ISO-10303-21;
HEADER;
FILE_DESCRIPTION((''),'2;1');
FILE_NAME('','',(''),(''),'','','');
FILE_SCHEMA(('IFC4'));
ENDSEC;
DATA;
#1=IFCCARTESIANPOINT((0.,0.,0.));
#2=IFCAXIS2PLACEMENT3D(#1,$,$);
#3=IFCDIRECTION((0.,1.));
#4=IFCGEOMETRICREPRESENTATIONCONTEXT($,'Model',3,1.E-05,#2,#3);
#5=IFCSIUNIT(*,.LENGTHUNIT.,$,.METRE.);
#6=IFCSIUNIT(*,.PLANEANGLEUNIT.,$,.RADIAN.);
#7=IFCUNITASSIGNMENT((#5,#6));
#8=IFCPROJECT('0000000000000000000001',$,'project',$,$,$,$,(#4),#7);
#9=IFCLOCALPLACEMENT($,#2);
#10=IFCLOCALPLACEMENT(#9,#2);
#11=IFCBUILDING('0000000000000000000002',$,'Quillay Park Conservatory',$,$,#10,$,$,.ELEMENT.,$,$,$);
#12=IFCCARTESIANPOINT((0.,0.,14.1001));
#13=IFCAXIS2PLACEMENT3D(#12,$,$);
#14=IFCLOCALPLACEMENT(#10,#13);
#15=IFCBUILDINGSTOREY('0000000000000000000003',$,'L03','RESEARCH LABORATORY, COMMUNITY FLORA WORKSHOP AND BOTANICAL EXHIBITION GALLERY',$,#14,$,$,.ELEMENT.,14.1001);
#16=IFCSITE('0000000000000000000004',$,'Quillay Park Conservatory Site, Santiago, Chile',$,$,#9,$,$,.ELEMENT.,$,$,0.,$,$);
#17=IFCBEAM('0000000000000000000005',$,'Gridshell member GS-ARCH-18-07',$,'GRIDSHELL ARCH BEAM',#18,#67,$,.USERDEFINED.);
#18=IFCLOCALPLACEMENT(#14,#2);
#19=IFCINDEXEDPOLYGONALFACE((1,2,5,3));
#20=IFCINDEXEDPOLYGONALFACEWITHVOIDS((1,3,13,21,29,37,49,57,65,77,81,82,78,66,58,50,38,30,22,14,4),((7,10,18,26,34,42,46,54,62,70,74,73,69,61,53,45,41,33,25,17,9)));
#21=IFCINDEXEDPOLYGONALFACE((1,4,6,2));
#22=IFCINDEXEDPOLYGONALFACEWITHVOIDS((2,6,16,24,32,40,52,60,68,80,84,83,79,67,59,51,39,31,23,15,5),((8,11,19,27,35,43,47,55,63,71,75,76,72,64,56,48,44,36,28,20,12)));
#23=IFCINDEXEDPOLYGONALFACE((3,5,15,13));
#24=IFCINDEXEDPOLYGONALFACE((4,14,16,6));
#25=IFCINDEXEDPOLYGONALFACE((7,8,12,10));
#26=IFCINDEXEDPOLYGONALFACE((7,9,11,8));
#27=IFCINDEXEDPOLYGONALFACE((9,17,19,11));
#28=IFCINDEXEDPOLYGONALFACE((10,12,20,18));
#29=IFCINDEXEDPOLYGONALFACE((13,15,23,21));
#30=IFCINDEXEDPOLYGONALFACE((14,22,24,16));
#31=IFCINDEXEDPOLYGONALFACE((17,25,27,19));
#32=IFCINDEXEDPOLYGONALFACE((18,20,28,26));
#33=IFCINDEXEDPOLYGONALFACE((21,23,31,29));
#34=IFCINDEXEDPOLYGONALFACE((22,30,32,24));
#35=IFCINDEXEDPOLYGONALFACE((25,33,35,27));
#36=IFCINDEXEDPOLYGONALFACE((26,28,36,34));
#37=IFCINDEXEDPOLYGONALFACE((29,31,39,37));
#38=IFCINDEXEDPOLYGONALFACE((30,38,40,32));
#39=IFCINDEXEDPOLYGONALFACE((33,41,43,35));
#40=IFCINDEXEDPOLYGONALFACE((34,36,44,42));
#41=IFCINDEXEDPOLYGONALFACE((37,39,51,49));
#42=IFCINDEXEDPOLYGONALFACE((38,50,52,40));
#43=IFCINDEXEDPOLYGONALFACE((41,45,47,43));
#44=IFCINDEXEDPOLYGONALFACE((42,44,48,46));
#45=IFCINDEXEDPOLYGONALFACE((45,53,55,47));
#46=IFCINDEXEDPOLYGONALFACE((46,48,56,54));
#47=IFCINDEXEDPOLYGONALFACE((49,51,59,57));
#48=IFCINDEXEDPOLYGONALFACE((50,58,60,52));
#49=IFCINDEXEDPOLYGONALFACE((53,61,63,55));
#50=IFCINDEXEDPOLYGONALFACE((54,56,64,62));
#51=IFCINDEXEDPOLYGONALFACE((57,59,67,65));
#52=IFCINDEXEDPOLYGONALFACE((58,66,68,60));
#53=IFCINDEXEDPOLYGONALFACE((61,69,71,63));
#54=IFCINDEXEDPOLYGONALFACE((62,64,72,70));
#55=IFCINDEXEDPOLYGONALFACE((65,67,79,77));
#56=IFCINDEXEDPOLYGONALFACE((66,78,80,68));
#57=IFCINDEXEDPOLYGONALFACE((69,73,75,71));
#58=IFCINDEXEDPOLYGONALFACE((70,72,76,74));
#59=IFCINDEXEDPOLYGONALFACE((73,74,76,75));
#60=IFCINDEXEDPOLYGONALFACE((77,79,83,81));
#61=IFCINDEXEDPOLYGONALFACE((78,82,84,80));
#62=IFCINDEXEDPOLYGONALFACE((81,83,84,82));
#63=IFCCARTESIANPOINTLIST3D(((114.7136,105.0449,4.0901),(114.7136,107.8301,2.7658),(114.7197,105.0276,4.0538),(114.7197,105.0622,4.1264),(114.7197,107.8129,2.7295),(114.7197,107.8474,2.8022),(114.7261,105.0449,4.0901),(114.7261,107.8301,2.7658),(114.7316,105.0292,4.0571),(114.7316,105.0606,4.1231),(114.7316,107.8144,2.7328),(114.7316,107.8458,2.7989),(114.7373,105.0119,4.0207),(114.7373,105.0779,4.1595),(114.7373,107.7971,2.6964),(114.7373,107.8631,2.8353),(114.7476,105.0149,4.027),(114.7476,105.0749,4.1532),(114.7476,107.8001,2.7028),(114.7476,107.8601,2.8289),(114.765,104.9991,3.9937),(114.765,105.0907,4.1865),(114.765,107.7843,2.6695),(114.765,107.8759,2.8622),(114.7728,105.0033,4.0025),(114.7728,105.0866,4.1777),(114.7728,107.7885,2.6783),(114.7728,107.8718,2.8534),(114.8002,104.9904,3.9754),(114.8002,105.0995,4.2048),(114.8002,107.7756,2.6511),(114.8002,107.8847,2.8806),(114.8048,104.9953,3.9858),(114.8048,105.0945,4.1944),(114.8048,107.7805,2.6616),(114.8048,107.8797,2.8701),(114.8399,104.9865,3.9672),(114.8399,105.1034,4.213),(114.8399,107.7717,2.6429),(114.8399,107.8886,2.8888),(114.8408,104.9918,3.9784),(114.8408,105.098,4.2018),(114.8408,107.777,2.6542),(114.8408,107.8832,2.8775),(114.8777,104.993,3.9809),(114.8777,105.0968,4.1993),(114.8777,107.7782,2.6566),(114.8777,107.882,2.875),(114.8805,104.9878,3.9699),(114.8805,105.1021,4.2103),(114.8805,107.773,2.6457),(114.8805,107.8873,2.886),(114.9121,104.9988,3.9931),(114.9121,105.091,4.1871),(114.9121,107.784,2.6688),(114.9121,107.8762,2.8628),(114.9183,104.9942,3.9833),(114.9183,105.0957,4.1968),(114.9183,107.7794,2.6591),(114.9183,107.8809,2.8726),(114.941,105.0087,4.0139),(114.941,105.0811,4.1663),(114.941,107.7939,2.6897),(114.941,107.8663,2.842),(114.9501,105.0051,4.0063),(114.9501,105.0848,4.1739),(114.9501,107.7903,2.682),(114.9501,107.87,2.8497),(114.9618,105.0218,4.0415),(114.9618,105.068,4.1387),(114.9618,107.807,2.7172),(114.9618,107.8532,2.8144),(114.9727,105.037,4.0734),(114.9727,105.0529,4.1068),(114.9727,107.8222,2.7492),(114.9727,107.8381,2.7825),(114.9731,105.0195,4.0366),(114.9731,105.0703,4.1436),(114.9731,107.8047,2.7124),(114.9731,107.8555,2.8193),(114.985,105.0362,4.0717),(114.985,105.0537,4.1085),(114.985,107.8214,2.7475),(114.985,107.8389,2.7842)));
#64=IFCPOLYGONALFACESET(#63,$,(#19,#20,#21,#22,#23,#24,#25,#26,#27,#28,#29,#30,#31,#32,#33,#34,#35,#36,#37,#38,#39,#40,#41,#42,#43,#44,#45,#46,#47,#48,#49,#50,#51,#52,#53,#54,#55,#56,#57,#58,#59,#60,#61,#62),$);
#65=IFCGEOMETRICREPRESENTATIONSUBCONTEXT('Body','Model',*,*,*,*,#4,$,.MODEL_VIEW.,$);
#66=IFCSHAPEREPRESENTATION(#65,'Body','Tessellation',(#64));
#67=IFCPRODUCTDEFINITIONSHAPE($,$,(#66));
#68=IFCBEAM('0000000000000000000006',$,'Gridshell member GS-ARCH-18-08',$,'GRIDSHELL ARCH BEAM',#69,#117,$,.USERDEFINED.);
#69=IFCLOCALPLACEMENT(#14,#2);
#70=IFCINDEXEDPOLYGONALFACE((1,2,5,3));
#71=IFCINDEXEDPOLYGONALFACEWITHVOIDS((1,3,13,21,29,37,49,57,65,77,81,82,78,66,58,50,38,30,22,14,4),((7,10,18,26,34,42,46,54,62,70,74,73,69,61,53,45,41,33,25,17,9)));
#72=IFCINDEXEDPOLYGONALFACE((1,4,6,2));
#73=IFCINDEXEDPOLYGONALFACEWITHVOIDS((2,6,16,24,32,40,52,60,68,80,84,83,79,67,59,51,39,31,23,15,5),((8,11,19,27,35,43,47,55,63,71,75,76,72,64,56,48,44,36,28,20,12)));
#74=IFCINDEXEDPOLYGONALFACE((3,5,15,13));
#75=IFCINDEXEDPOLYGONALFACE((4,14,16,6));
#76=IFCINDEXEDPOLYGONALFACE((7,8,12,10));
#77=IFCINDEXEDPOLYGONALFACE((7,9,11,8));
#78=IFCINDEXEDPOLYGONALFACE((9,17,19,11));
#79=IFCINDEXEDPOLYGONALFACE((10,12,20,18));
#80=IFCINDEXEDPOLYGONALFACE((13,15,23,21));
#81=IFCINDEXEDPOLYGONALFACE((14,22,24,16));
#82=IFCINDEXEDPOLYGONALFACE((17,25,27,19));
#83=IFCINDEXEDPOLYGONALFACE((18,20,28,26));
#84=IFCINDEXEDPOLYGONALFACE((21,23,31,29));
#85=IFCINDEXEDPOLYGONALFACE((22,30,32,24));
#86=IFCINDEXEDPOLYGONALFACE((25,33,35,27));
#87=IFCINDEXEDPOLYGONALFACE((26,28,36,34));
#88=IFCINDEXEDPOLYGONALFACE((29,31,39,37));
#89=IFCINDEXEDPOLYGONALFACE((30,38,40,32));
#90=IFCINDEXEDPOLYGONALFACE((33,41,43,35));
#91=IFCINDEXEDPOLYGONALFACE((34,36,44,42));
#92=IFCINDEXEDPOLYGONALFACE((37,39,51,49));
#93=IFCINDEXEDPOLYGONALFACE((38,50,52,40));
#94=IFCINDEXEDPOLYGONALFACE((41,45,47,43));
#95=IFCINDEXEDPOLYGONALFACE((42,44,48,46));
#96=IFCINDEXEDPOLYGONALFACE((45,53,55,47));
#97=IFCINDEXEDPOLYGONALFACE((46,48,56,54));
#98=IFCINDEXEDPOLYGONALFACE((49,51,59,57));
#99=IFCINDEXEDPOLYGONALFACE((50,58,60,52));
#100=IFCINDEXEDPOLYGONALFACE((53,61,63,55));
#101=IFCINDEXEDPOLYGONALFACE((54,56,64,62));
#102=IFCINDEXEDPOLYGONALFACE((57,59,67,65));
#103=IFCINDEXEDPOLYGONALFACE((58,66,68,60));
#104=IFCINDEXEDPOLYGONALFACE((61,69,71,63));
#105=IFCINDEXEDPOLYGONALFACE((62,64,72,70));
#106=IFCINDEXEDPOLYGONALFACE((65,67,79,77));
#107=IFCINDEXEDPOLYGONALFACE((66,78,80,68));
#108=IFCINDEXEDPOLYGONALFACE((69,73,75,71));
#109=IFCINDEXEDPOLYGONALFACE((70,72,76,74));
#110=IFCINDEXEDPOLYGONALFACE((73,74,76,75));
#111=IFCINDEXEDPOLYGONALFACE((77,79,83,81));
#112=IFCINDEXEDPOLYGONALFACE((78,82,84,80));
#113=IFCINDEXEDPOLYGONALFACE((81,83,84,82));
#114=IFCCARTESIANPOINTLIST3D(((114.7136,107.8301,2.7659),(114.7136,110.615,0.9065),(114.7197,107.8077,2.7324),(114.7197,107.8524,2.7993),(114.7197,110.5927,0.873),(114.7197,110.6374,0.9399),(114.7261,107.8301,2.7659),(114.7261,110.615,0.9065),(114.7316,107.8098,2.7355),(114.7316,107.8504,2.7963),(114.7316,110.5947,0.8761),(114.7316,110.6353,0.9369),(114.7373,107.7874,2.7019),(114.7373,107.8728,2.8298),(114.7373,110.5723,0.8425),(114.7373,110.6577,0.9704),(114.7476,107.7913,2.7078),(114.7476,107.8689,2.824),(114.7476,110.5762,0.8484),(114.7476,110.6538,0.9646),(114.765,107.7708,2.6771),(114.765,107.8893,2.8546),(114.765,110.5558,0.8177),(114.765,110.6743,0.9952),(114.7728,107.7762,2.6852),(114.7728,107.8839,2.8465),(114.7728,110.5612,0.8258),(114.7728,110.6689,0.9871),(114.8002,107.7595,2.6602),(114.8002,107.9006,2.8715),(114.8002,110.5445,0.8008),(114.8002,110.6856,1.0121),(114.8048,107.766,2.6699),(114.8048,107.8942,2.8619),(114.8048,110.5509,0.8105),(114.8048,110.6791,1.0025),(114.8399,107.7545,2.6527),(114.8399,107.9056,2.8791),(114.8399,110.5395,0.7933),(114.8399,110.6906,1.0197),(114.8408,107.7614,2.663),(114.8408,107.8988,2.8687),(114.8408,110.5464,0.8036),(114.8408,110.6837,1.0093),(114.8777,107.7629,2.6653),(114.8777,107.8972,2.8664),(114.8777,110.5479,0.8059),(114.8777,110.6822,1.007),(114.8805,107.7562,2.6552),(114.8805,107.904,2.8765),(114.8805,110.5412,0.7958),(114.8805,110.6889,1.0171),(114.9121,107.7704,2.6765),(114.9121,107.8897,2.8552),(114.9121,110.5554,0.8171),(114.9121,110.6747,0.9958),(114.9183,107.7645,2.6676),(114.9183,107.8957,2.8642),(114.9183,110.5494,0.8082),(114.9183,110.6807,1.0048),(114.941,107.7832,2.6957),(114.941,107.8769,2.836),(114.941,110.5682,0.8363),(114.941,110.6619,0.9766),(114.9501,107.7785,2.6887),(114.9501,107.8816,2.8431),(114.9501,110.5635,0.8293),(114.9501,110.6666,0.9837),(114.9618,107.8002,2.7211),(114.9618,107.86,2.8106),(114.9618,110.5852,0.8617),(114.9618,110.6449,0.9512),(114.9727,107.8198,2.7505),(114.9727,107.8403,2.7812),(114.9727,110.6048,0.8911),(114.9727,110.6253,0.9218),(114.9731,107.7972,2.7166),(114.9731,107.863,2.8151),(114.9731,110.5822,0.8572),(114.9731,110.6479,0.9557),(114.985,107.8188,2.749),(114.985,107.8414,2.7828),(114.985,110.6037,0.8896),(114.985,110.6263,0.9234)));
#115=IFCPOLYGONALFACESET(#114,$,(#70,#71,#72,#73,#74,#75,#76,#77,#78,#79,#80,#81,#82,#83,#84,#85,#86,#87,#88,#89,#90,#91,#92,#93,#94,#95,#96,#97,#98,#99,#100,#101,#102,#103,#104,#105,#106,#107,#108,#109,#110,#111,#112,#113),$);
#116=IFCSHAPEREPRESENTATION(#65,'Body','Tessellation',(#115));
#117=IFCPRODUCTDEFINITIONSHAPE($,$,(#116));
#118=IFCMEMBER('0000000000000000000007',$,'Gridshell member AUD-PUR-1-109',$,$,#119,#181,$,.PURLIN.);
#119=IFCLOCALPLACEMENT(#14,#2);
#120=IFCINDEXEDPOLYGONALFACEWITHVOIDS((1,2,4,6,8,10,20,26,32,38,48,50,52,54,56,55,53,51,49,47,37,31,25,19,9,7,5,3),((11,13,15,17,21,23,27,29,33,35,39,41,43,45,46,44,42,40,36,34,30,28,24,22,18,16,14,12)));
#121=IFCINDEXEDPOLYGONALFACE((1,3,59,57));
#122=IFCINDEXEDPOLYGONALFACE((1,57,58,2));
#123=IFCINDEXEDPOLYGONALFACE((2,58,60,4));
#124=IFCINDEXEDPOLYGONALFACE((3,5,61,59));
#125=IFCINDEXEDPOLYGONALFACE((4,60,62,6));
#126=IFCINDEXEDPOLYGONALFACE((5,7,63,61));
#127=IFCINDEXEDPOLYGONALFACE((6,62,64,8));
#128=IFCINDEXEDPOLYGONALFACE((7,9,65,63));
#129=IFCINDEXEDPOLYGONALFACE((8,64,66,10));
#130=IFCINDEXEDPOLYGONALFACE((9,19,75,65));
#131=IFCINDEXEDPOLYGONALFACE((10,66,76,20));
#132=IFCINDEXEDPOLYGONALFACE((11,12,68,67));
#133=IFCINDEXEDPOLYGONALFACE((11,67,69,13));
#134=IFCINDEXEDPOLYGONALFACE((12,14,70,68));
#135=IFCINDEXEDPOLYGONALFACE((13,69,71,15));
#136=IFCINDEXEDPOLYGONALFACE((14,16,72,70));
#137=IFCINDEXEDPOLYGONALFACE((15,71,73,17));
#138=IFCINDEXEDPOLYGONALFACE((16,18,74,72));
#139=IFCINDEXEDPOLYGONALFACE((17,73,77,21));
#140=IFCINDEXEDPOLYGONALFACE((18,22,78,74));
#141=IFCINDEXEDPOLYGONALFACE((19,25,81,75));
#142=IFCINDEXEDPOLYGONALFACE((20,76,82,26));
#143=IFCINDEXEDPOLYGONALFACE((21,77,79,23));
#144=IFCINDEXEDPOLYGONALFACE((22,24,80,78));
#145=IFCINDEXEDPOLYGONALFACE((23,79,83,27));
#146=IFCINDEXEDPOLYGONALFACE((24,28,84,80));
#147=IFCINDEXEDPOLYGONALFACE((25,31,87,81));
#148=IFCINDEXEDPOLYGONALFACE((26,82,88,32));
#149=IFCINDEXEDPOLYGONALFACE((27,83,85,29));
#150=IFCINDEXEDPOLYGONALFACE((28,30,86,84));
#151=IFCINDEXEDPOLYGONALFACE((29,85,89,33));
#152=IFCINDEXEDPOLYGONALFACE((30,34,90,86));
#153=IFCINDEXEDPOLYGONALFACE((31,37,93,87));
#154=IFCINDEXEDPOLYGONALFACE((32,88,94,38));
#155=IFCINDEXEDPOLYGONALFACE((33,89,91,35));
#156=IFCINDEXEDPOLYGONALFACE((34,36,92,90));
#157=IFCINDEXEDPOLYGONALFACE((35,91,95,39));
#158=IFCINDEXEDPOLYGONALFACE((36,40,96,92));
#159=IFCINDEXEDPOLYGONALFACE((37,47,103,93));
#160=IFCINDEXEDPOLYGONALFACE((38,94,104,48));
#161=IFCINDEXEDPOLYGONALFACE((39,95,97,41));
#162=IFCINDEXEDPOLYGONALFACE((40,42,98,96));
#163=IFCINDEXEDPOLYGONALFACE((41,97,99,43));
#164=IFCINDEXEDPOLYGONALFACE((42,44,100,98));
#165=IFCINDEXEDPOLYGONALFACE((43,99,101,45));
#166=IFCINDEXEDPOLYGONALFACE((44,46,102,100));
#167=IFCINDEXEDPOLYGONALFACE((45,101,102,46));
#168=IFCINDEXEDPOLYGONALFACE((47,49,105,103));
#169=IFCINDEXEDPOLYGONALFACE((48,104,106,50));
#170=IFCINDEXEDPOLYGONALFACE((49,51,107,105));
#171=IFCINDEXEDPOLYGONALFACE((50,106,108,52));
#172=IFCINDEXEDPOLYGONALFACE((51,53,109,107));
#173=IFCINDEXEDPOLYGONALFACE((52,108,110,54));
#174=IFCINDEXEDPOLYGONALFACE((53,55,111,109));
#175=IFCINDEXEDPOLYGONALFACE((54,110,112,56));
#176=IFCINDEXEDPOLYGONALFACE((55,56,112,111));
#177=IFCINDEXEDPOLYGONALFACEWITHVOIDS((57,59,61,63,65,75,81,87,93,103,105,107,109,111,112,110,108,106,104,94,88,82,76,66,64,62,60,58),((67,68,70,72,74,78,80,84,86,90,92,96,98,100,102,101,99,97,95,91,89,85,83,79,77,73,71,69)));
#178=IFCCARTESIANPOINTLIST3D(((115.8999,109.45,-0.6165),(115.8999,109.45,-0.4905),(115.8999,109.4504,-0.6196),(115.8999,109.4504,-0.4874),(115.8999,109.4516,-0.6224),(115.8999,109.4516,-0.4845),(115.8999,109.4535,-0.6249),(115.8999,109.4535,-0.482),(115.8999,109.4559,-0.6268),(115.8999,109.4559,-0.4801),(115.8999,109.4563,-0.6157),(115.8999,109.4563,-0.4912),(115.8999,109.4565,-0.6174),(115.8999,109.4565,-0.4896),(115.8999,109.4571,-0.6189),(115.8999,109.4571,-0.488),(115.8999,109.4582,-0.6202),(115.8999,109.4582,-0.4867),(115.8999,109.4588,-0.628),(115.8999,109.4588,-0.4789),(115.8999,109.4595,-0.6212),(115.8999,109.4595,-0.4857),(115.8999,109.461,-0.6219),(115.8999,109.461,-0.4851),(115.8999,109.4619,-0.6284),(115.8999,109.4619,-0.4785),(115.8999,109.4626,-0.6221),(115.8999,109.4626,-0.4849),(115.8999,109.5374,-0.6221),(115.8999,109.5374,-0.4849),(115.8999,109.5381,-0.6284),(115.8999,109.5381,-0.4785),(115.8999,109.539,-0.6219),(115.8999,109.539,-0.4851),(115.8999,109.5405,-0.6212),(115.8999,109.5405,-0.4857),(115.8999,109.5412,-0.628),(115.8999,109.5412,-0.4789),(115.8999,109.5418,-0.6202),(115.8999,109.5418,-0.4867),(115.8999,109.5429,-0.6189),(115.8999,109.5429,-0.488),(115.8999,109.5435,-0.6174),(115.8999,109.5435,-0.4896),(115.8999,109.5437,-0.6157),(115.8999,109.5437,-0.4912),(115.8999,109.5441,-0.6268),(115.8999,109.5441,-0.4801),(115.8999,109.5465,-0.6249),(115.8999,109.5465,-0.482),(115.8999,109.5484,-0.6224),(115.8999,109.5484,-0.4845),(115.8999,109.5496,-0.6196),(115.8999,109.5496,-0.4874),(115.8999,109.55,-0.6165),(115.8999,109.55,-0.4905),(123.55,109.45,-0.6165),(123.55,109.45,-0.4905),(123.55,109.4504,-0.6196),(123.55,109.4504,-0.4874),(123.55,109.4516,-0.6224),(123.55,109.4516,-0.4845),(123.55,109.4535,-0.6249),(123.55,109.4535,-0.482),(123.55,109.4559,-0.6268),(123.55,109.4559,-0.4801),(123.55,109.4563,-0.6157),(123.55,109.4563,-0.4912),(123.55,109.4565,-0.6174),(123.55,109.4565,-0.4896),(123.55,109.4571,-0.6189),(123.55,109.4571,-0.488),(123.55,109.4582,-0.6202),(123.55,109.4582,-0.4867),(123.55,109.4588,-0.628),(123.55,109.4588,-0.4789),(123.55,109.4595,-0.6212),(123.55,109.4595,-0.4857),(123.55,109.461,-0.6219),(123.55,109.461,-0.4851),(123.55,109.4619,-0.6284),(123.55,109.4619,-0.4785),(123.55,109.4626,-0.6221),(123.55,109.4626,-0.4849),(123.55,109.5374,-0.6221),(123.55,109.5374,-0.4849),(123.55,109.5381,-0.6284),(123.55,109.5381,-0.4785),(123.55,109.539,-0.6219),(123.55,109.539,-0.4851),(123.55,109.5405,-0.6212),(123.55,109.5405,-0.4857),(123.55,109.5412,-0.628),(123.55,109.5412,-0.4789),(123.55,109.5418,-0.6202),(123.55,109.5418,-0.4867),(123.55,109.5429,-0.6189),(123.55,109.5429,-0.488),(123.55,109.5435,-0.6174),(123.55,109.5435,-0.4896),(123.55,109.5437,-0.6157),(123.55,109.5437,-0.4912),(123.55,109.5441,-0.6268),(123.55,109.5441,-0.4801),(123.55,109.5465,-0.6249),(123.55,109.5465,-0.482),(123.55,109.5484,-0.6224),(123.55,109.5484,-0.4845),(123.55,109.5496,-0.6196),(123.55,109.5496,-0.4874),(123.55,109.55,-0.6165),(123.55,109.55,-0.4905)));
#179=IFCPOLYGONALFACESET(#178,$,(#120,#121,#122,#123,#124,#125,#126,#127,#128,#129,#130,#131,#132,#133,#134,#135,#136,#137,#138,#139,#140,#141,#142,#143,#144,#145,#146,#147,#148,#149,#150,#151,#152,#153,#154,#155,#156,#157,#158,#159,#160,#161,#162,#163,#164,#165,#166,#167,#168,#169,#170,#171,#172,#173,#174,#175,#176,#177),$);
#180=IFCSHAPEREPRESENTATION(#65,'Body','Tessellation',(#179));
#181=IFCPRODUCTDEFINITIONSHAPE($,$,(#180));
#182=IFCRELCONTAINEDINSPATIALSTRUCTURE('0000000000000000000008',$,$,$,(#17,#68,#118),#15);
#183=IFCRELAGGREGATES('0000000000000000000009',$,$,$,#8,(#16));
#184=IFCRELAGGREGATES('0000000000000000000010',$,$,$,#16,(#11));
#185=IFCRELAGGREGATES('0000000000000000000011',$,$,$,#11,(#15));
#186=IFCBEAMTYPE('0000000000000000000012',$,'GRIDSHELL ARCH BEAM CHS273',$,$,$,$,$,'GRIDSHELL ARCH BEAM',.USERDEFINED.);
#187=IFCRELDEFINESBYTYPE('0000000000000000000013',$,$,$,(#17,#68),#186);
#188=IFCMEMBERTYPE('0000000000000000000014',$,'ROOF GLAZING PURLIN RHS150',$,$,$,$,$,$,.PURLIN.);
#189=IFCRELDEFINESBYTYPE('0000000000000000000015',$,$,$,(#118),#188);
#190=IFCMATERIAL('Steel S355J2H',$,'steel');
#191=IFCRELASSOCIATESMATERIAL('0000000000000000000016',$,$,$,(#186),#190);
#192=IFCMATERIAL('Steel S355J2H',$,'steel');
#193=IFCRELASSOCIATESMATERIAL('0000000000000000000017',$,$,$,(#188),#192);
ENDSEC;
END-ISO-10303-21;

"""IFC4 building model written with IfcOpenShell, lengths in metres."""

from ifc_helpers import new_model, si_unit, direction, frame, origin, origin_2d, place, context, subcontext, project, spatial, hollow_rectangle, hollow_circle, extrude, material, material_profile, profile_set, type_object, element, save


model = new_model("IFC4")

# Units and contexts
model_context = context("Model", 3, precision=1e-05, world=origin(), true_north=direction((0.0, 1.0)))
body_context = subcontext(model_context, "Body", "Model", "MODEL_VIEW")
ifc_project = project(units=[si_unit("LENGTHUNIT", "METRE"), si_unit("PLANEANGLEUNIT", "RADIAN")], contexts=[model_context])

# Site, building, storey
site_placement = place(None, origin())
site = spatial("IfcSite", under=ifc_project, at=site_placement, Name="Quillay Park Conservatory Site, Santiago, Chile", CompositionType="ELEMENT", RefElevation=0.0)
building_placement = place(site_placement, origin())
building = spatial("IfcBuilding", under=site, at=building_placement, Name="Quillay Park Conservatory", CompositionType="ELEMENT")
storey_placement = place(building_placement, frame((0.0, 0.0, 14.1001)))
storey = spatial("IfcBuildingStorey", under=building, at=storey_placement, Name="L03", Description="RESEARCH LABORATORY, COMMUNITY FLORA WORKSHOP AND BOTANICAL EXHIBITION GALLERY", CompositionType="ELEMENT", Elevation=14.1001)

# Beams
ifc_material_1 = material(Name="Steel S355J2H", Category="steel")
ifc_material_profile_1 = material_profile(ifc_material_1, hollow_circle(Radius=0.1365, WallThickness=0.0125, at=origin_2d()), Name="CHS273x12.5")
ifc_profile_set_1 = profile_set([ifc_material_profile_1], Name="Steel S355J2H")
beam_type = type_object("IfcBeamType", Name="GRIDSHELL ARCH BEAM CHS273", ElementType="GRIDSHELL ARCH BEAM", PredefinedType="USERDEFINED", material=ifc_profile_set_1)
beam_1_placement = place(storey_placement, frame((114.8501, 105.0449, 4.0901), z_axis=(0.0, 0.903118, -0.429393), x_axis=(-1.0, 0.0, 0.0)))
element("IfcBeam", 1, at=beam_1_placement, inside=storey, type_object=beam_type, Name="Gridshell member GS-ARCH-18-07", ObjectType="GRIDSHELL ARCH BEAM", PredefinedType="USERDEFINED", context=body_context, shape_type="SweptSolid", body=[
    extrude(hollow_circle(Radius=0.1365, WallThickness=0.0125, at=origin_2d()), origin(), (0.0, 0.0, 1.0), 3.084),
])
beam_2_placement = place(storey_placement, frame((114.8501, 107.8301, 2.7659), z_axis=(0.0, 0.831669, -0.555272), x_axis=(-1.0, 0.0, 0.0)))
element("IfcBeam", 2, at=beam_2_placement, inside=storey, type_object=beam_type, Name="Gridshell member GS-ARCH-18-08", ObjectType="GRIDSHELL ARCH BEAM", PredefinedType="USERDEFINED", context=body_context, shape_type="SweptSolid", body=[
    extrude(hollow_circle(Radius=0.1365, WallThickness=0.0125, at=origin_2d()), origin(), (0.0, 0.0, 1.0), 3.3486),
])

# Member
ifc_material_2 = material(Name="Steel S355J2H", Category="steel")
ifc_material_profile_2 = material_profile(ifc_material_2, hollow_rectangle(XDim=0.1001, YDim=0.1499, WallThickness=0.0063, InnerFilletRadius=0.0063, OuterFilletRadius=0.012, at=origin_2d()), Name="RHS150x100x6.3")
ifc_profile_set_2 = profile_set([ifc_material_profile_2], Name="Steel S355J2H")
member_type_1 = type_object("IfcMemberType", Name="ROOF GLAZING PURLIN RHS150", PredefinedType="PURLIN", material=ifc_profile_set_2)
member_1_placement = place(storey_placement, frame((115.8999, 109.5, -0.5535), z_axis=(1.0, 0.0, 0.0), x_axis=(0.0, 1.0, 0.0)))
element("IfcMember", 3, at=member_1_placement, inside=storey, type_object=member_type_1, Name="Gridshell member AUD-PUR-1-109", PredefinedType="PURLIN", context=body_context, shape_type="SweptSolid", body=[
    extrude(hollow_rectangle(XDim=0.1001, YDim=0.1499, WallThickness=0.0063, InnerFilletRadius=0.0063, OuterFilletRadius=0.012, at=origin_2d()), origin(), (0.0, 0.0, 1.0), 7.6501),
])

save(model, "model.ifc")
